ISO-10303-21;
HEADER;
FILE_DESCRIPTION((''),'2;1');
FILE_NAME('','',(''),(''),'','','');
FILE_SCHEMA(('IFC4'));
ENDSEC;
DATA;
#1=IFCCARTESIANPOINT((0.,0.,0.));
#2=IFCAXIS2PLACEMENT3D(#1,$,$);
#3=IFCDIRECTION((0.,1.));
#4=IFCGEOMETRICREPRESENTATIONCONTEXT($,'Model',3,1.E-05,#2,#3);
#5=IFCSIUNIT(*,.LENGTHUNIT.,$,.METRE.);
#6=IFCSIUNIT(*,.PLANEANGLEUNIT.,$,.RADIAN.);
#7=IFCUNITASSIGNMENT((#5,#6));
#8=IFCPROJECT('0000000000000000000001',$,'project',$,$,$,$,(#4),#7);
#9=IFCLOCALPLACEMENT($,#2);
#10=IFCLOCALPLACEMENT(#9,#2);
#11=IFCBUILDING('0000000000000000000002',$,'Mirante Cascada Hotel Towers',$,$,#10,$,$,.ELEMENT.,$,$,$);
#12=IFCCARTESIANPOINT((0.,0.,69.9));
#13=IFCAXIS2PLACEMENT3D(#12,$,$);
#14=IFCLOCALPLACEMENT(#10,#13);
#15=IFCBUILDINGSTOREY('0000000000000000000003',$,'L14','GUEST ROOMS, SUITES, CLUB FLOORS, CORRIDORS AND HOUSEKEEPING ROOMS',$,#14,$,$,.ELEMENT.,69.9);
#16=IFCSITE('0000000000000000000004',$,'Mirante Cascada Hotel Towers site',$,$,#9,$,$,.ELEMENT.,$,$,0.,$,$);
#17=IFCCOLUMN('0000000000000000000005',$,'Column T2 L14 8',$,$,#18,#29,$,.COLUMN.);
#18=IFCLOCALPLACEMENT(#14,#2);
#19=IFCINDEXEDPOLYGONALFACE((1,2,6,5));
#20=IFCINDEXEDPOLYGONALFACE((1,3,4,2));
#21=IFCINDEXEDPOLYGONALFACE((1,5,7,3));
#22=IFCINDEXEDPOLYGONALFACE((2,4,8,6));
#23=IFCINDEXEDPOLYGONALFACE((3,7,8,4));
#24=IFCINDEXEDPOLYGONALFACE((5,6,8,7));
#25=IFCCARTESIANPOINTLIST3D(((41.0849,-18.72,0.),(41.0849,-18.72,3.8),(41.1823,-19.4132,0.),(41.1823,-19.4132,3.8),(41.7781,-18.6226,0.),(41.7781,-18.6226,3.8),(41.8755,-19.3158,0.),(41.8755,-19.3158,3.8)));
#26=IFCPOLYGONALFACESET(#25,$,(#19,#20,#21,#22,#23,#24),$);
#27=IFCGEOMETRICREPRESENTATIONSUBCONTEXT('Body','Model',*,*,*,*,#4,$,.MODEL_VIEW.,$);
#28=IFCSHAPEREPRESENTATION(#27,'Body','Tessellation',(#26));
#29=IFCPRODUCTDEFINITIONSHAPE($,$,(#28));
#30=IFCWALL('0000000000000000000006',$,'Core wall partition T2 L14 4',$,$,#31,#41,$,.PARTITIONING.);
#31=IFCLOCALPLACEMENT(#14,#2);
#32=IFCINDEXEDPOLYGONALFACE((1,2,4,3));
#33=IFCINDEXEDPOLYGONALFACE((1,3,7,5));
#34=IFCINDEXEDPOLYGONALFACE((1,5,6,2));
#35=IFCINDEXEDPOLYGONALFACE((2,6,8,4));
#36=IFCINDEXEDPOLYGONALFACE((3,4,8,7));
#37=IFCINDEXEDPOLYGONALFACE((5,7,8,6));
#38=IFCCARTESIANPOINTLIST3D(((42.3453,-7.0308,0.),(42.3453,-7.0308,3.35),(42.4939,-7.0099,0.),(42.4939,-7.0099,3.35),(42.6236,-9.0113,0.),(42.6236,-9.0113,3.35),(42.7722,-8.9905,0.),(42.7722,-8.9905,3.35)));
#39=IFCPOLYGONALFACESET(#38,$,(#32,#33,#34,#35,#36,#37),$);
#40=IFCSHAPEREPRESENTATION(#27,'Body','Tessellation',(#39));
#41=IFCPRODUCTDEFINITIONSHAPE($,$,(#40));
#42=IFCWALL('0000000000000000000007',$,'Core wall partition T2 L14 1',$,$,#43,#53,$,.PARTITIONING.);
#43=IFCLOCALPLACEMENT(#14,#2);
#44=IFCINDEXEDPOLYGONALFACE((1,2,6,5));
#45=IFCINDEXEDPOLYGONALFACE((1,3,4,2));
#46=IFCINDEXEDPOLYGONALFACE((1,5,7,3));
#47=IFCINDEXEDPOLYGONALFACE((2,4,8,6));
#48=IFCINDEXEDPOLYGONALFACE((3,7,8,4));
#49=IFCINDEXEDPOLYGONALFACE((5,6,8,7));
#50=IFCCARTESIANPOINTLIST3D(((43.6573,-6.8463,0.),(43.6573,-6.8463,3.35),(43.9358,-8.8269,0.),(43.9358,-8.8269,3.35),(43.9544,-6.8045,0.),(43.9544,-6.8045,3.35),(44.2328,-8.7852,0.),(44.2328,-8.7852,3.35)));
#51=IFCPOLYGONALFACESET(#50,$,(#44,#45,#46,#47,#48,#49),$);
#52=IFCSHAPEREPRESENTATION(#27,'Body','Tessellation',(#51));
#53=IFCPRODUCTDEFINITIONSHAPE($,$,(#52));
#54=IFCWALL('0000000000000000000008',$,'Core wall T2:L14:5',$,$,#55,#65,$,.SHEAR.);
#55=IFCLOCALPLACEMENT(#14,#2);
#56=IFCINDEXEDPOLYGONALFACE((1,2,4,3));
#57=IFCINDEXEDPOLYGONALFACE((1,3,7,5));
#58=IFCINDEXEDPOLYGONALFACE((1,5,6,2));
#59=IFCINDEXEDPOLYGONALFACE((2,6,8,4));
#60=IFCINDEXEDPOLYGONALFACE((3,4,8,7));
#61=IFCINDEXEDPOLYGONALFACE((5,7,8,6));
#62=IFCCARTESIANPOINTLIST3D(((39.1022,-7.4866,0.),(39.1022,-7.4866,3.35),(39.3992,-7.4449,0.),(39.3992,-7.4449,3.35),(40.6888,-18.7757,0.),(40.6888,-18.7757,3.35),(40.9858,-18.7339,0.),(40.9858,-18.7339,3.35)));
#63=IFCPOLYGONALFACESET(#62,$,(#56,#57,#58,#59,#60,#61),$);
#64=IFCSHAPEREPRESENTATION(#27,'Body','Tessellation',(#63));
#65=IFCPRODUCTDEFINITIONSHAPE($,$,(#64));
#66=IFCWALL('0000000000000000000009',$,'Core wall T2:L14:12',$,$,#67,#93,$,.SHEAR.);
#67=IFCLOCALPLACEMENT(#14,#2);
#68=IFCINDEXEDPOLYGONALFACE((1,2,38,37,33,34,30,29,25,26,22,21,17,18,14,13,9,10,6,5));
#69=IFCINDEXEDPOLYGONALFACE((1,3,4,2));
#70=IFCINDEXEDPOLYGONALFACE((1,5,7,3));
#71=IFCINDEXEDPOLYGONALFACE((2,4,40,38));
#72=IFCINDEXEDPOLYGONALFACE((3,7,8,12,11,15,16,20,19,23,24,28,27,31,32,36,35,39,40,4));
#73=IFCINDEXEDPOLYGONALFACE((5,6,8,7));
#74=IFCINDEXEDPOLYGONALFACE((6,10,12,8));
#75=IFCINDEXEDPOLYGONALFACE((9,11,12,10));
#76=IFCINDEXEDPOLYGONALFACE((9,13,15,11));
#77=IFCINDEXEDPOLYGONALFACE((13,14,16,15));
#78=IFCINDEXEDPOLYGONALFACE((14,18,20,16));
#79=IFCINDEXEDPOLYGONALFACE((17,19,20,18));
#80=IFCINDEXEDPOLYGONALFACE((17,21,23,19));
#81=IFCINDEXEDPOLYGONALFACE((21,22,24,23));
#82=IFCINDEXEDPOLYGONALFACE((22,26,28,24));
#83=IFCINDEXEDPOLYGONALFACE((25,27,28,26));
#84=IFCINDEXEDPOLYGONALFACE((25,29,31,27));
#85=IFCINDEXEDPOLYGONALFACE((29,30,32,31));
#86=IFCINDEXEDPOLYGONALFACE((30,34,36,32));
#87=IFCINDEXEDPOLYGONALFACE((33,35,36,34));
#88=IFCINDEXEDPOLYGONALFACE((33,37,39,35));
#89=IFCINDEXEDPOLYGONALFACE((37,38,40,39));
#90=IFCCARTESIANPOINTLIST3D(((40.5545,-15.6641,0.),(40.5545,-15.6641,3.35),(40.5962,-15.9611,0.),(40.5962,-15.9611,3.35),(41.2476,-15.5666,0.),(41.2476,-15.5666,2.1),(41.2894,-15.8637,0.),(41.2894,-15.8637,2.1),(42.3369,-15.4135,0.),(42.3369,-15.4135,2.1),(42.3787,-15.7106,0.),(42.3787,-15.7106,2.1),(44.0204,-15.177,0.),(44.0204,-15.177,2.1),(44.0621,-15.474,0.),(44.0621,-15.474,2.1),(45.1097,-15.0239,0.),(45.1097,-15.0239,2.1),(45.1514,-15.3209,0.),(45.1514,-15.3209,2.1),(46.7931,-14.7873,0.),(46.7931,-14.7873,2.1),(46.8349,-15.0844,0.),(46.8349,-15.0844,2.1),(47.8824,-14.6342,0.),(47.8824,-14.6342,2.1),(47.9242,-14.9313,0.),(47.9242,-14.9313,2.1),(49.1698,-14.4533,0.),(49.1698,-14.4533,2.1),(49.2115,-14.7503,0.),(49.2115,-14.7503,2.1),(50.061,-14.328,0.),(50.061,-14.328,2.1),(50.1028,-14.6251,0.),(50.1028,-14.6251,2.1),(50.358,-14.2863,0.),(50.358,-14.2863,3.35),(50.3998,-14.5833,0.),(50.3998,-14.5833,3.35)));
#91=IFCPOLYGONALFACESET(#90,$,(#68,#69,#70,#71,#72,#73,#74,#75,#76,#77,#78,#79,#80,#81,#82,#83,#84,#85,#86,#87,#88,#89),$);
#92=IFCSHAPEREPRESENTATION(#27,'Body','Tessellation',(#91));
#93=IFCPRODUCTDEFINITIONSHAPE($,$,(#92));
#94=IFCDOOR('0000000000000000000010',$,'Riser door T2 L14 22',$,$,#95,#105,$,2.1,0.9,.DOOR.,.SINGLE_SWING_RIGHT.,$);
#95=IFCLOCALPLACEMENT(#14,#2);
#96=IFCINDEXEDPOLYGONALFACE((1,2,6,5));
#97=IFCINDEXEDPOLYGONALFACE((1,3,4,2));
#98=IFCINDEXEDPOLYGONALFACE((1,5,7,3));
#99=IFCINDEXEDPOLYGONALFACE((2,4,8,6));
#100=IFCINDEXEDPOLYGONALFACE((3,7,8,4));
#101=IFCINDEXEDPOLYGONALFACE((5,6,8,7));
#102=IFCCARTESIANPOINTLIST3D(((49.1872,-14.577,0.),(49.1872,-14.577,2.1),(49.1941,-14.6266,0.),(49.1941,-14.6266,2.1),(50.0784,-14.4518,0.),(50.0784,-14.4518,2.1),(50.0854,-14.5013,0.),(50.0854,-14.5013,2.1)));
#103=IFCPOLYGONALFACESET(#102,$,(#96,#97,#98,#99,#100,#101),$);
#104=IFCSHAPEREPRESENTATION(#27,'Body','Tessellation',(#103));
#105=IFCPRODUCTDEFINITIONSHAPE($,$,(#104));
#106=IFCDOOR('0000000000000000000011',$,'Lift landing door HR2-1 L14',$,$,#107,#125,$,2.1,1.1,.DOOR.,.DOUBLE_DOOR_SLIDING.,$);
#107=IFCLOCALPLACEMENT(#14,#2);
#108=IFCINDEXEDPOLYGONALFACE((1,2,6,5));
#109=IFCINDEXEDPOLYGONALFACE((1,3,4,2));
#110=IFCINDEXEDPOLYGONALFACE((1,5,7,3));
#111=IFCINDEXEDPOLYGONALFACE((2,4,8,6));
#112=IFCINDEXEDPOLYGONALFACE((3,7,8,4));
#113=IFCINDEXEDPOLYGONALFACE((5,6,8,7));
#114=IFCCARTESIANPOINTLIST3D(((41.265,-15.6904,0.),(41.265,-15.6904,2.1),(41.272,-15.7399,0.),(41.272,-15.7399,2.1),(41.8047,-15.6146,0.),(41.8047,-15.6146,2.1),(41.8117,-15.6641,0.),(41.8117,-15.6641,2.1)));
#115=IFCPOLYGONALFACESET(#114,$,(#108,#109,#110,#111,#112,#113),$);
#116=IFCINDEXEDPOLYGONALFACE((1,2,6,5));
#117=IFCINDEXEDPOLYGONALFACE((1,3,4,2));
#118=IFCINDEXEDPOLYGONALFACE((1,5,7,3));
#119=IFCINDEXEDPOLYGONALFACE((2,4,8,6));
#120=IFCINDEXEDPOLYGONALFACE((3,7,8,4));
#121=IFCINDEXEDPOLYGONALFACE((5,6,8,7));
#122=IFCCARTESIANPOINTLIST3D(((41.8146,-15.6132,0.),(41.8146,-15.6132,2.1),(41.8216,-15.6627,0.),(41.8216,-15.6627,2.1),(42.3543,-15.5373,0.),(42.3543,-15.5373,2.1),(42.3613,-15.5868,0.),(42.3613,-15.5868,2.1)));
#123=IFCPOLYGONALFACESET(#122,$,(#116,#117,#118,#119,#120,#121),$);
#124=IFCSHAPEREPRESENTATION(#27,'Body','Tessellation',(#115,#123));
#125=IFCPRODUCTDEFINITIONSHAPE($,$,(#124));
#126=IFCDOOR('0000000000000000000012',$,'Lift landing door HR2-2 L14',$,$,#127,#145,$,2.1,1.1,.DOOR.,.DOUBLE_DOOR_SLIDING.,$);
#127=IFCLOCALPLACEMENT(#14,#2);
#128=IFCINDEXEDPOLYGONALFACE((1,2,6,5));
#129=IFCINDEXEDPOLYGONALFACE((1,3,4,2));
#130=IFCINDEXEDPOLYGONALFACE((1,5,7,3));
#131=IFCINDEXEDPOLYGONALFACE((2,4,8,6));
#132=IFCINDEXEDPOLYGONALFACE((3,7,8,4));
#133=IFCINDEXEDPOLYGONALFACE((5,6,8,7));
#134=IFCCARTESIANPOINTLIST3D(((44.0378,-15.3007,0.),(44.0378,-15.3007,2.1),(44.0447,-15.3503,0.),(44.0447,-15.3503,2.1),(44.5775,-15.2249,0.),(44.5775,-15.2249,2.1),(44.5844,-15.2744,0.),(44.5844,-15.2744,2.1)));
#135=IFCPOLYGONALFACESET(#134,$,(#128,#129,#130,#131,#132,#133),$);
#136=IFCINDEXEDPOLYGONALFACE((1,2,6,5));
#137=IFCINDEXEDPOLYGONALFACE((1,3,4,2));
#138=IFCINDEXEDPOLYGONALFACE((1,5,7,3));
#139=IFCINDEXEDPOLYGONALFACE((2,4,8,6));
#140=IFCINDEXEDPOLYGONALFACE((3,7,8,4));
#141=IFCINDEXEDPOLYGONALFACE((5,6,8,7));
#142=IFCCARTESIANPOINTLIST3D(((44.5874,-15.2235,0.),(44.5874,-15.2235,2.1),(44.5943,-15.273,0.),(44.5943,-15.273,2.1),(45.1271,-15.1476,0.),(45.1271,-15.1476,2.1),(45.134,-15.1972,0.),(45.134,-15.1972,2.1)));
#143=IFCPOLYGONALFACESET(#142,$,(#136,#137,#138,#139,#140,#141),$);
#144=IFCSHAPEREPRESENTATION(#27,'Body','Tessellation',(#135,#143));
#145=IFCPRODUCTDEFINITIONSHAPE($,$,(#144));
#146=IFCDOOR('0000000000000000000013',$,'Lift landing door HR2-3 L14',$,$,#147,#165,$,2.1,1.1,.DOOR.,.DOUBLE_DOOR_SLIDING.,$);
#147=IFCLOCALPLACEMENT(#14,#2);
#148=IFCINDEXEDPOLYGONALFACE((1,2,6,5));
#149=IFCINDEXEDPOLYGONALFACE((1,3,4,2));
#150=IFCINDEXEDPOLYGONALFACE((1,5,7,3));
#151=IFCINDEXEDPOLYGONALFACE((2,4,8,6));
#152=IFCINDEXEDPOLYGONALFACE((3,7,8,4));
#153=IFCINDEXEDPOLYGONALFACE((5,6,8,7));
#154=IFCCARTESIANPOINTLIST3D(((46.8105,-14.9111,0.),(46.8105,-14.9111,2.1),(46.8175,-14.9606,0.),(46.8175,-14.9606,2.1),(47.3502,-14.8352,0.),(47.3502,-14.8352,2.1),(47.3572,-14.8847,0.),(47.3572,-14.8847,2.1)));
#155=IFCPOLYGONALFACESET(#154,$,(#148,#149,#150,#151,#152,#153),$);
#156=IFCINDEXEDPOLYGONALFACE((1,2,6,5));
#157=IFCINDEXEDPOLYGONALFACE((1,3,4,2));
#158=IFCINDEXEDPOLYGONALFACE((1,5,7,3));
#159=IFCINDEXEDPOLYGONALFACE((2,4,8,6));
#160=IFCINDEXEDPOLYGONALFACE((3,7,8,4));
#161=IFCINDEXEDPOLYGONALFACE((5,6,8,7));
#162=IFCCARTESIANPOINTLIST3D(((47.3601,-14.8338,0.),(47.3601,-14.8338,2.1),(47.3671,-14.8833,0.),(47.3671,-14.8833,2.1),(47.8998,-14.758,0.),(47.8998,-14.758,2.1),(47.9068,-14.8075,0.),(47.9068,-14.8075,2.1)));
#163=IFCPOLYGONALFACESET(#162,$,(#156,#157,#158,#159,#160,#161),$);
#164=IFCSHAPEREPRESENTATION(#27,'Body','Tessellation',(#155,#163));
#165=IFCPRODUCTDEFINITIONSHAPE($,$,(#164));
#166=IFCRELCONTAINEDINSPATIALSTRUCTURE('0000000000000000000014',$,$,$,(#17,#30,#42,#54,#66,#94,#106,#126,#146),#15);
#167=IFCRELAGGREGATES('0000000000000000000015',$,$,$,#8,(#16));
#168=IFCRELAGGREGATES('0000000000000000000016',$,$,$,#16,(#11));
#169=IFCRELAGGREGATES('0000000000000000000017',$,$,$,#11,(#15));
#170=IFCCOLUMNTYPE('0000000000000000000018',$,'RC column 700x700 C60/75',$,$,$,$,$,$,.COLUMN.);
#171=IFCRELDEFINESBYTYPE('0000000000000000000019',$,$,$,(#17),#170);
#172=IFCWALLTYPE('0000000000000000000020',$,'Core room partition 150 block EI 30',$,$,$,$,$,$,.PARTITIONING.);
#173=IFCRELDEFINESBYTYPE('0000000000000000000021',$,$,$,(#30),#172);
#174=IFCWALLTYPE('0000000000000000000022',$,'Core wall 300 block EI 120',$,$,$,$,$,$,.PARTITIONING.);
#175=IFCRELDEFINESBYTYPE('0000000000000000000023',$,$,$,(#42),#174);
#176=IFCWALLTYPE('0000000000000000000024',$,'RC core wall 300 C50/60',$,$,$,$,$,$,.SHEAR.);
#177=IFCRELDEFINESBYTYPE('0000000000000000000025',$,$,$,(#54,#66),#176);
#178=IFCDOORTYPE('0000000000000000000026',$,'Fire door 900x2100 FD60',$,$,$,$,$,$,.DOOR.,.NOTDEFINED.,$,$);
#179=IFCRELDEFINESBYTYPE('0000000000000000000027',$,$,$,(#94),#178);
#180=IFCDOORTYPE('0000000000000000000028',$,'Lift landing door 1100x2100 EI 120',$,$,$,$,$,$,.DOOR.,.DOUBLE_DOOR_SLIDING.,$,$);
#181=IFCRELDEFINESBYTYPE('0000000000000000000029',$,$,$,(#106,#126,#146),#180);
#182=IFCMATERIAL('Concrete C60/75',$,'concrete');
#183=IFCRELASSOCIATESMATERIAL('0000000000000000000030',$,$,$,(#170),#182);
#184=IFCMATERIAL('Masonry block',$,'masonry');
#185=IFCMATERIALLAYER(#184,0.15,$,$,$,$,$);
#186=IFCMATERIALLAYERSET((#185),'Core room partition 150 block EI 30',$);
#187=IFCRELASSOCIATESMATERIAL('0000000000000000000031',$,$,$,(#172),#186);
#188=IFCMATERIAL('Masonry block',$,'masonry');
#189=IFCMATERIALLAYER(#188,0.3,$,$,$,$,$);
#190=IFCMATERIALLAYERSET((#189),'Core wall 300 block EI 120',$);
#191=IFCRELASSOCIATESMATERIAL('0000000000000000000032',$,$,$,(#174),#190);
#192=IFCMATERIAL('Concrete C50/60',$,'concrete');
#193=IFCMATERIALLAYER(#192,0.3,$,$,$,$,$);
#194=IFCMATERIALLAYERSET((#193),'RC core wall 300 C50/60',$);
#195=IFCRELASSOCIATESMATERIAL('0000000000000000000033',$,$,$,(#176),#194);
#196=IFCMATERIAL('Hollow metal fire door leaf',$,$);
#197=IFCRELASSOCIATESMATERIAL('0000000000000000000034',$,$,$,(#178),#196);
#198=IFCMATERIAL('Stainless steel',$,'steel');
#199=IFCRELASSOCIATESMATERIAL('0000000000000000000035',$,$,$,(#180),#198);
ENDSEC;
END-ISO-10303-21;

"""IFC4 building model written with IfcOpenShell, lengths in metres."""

from ifc_helpers import new_model, si_unit, direction, frame, frame_2d, origin, origin_2d, place, context, subcontext, project, spatial, rectangle, extrude, material, layer, layer_set, material_profile, profile_set, type_object, element, fill, save


model = new_model("IFC4")

# Units and contexts
model_context = context("Model", 3, precision=1e-05, world=origin(), true_north=direction((0.0, 1.0)))
body_context = subcontext(model_context, "Body", "Model", "MODEL_VIEW")
ifc_project = project(units=[si_unit("LENGTHUNIT", "METRE"), si_unit("PLANEANGLEUNIT", "RADIAN")], contexts=[model_context])

# Site, building, storey
site_placement = place(None, origin())
site = spatial("IfcSite", under=ifc_project, at=site_placement, Name="Mirante Cascada Hotel Towers site", CompositionType="ELEMENT", RefElevation=0.0)
building_placement = place(site_placement, origin())
building = spatial("IfcBuilding", under=site, at=building_placement, Name="Mirante Cascada Hotel Towers", CompositionType="ELEMENT")
storey_placement = place(building_placement, frame((0.0, 0.0, 69.9)))
storey = spatial("IfcBuildingStorey", under=building, at=storey_placement, Name="L14", Description="GUEST ROOMS, SUITES, CLUB FLOORS, CORRIDORS AND HOUSEKEEPING ROOMS", CompositionType="ELEMENT", Elevation=69.9)

# Column
ifc_material_1 = material(Name="Concrete C60/75", Category="concrete")
ifc_material_profile = material_profile(ifc_material_1, rectangle(XDim=0.7, YDim=0.7, at=origin_2d()), Name="RC column 700x700 C60/75")
ifc_profile_set = profile_set([ifc_material_profile], Name="Concrete C60/75")
column_type = type_object("IfcColumnType", Name="RC column 700x700 C60/75", PredefinedType="COLUMN", material=ifc_profile_set)
column_placement = place(storey_placement, frame((41.4802, -19.0179, 0.0), z_axis=(0.0, 0.0, 1.0), x_axis=(0.990268, 0.139173, 0.0)))
element("IfcColumn", 1, at=column_placement, inside=storey, type_object=column_type, Name="Column T2 L14 8", PredefinedType="COLUMN", context=body_context, shape_type="SweptSolid", body=[
    extrude(rectangle(XDim=0.7, YDim=0.7, at=origin_2d()), origin(), (0.0, 0.0, 1.0), 3.8),
])

# Walls
ifc_material_2 = material(Name="Masonry block", Category="masonry")
ifc_layer_1 = layer(ifc_material_2, 0.15)
ifc_layer_set_1 = layer_set([ifc_layer_1], Name="Core room partition 150 block EI 30")
wall_type_1 = type_object("IfcWallType", Name="Core room partition 150 block EI 30", PredefinedType="PARTITIONING", material=ifc_layer_set_1)
wall_1_placement = place(storey_placement, frame((42.6979, -9.0009, 0.0), z_axis=(0.0, 0.0, 1.0), x_axis=(-0.139153, 0.990271, 0.0)))
element("IfcWall", 2, at=wall_1_placement, inside=storey, type_object=wall_type_1, Name="Core wall partition T2 L14 4", PredefinedType="PARTITIONING", context=body_context, shape_type="SweptSolid", body=[
    extrude(rectangle(XDim=2.0, YDim=0.15, at=frame_2d((1.0, 0.0))), origin(), (0.0, 0.0, 1.0), 3.35),
])
ifc_material_3 = material(Name="Masonry block", Category="masonry")
ifc_layer_2 = layer(ifc_material_3, 0.3)
ifc_layer_set_2 = layer_set([ifc_layer_2], Name="Core wall 300 block EI 120")
wall_type_2 = type_object("IfcWallType", Name="Core wall 300 block EI 120", PredefinedType="PARTITIONING", material=ifc_layer_set_2)
wall_2_placement = place(storey_placement, frame((44.0843, -8.8061, 0.0), z_axis=(0.0, 0.0, 1.0), x_axis=(-0.139195, 0.990265, 0.0)))
element("IfcWall", 3, at=wall_2_placement, inside=storey, type_object=wall_type_2, Name="Core wall partition T2 L14 1", PredefinedType="PARTITIONING", context=body_context, shape_type="SweptSolid", body=[
    extrude(rectangle(XDim=2.0001, YDim=0.3, at=frame_2d((1.0001, 0.0))), origin(), (0.0, 0.0, 1.0), 3.35),
])
ifc_material_4 = material(Name="Concrete C50/60", Category="concrete")
ifc_layer_3 = layer(ifc_material_4, 0.3)
ifc_layer_set_3 = layer_set([ifc_layer_3], Name="RC core wall 300 C50/60")
wall_type_3 = type_object("IfcWallType", Name="RC core wall 300 C50/60", PredefinedType="SHEAR", material=ifc_layer_set_3)
wall_3_placement = place(storey_placement, frame((40.8373, -18.7548, 0.0), z_axis=(0.0, 0.0, 1.0), x_axis=(-0.139175, 0.990268, 0.0)))
element("IfcWall", 4, at=wall_3_placement, inside=storey, type_object=wall_type_3, Name="Core wall T2:L14:5", PredefinedType="SHEAR", context=body_context, shape_type="SweptSolid", body=[
    extrude(rectangle(XDim=11.4, YDim=0.3, at=frame_2d((5.7, 0.0))), origin(), (0.0, 0.0, 1.0), 3.35),
])

# Wall, openings, doors
wall_4_placement = place(storey_placement, frame((40.5753, -15.8126, 0.0), z_axis=(0.0, 0.0, 1.0), x_axis=(0.990268, 0.139173, 0.0)))
wall_4 = element("IfcWall", 5, at=wall_4_placement, inside=storey, type_object=wall_type_3, Name="Core wall T2:L14:12", PredefinedType="SHEAR", context=body_context, shape_type="SweptSolid", body=[
    extrude(rectangle(XDim=9.8999, YDim=0.3, at=frame_2d((4.95, 0.0))), origin(), (0.0, 0.0, 1.0), 3.35),
])
opening_1_placement = place(wall_4_placement, frame((0.7, 0.0, 0.0)))
opening_1 = element("IfcOpeningElement", 6, at=opening_1_placement, cuts=wall_4, PredefinedType="OPENING", context=body_context, shape_type="SweptSolid", body=[
    extrude(rectangle(XDim=1.1, YDim=2.1, at=frame_2d((0.55, 1.05))), frame((0.0, 0.15, 0.0), z_axis=(0.0, -1.0, 0.0), x_axis=(1.0, 0.0, 0.0)), (0.0, 0.0, 1.0), 0.3),
])
opening_2_placement = place(wall_4_placement, frame((3.5, 0.0, 0.0)))
opening_2 = element("IfcOpeningElement", 7, at=opening_2_placement, cuts=wall_4, PredefinedType="OPENING", context=body_context, shape_type="SweptSolid", body=[
    extrude(rectangle(XDim=1.1, YDim=2.1, at=frame_2d((0.55, 1.05))), frame((0.0, 0.15, 0.0), z_axis=(0.0, -1.0, 0.0), x_axis=(1.0, 0.0, 0.0)), (0.0, 0.0, 1.0), 0.3),
])
opening_3_placement = place(wall_4_placement, frame((6.3, 0.0, 0.0)))
opening_3 = element("IfcOpeningElement", 8, at=opening_3_placement, cuts=wall_4, PredefinedType="OPENING", context=body_context, shape_type="SweptSolid", body=[
    extrude(rectangle(XDim=1.1, YDim=2.1, at=frame_2d((0.55, 1.05))), frame((0.0, 0.15, 0.0), z_axis=(0.0, -1.0, 0.0), x_axis=(1.0, 0.0, 0.0)), (0.0, 0.0, 1.0), 0.3),
])
opening_4_placement = place(wall_4_placement, frame((8.7, 0.0, 0.0)))
opening_4 = element("IfcOpeningElement", 9, at=opening_4_placement, cuts=wall_4, PredefinedType="OPENING", context=body_context, shape_type="SweptSolid", body=[
    extrude(rectangle(XDim=0.9, YDim=2.1, at=frame_2d((0.45, 1.05))), frame((0.0, 0.15, 0.0), z_axis=(0.0, -1.0, 0.0), x_axis=(1.0, 0.0, 0.0)), (0.0, 0.0, 1.0), 0.3),
])
ifc_material_5 = material(Name="Hollow metal fire door leaf")
door_type_1 = type_object("IfcDoorType", Name="Fire door 900x2100 FD60", OperationType="NOTDEFINED", PredefinedType="DOOR", material=ifc_material_5)
door_1_placement = place(opening_4_placement, frame((0.9, 0.0, 0.0), z_axis=(0.0, 0.0, 1.0), x_axis=(-1.0, 0.0, 0.0)))
door_1 = element("IfcDoor", 10, at=door_1_placement, inside=storey, type_object=door_type_1, Name="Riser door T2 L14 22", OperationType="SINGLE_SWING_RIGHT", OverallHeight=2.1, OverallWidth=0.9, PredefinedType="DOOR", context=body_context, shape_type="SweptSolid", body=[
    extrude(rectangle(XDim=0.9, YDim=2.1, at=frame_2d((0.45, 1.05))), frame((0.0, 0.025, 0.0), z_axis=(0.0, -1.0, 0.0), x_axis=(1.0, 0.0, 0.0)), (0.0, 0.0, 1.0), 0.05),
])
fill(opening_4, door_1)
ifc_material_6 = material(Name="Stainless steel", Category="steel")
door_type_2 = type_object("IfcDoorType", Name="Lift landing door 1100x2100 EI 120", OperationType="DOUBLE_DOOR_SLIDING", PredefinedType="DOOR", material=ifc_material_6)
door_2_placement = place(opening_1_placement, origin())
door_2 = element("IfcDoor", 11, at=door_2_placement, inside=storey, type_object=door_type_2, Name="Lift landing door HR2-1 L14", OperationType="DOUBLE_DOOR_SLIDING", OverallHeight=2.1, OverallWidth=1.1, PredefinedType="DOOR", context=body_context, shape_type="SweptSolid", body=[
    extrude(rectangle(XDim=0.545, YDim=2.1, at=frame_2d((0.2725, 1.05))), frame((0.0, 0.025, 0.0), z_axis=(0.0, -1.0, 0.0), x_axis=(1.0, 0.0, 0.0)), (0.0, 0.0, 1.0), 0.05),
    extrude(rectangle(XDim=0.545, YDim=2.1, at=frame_2d((0.8275, 1.05))), frame((0.0, 0.025, 0.0), z_axis=(0.0, -1.0, 0.0), x_axis=(1.0, 0.0, 0.0)), (0.0, 0.0, 1.0), 0.05),
])
fill(opening_1, door_2)
door_3_placement = place(opening_2_placement, origin())
door_3 = element("IfcDoor", 12, at=door_3_placement, inside=storey, type_object=door_type_2, Name="Lift landing door HR2-2 L14", OperationType="DOUBLE_DOOR_SLIDING", OverallHeight=2.1, OverallWidth=1.1, PredefinedType="DOOR", context=body_context, shape_type="SweptSolid", body=[
    extrude(rectangle(XDim=0.545, YDim=2.1, at=frame_2d((0.2725, 1.05))), frame((0.0, 0.025, 0.0), z_axis=(0.0, -1.0, 0.0), x_axis=(1.0, 0.0, 0.0)), (0.0, 0.0, 1.0), 0.05),
    extrude(rectangle(XDim=0.545, YDim=2.1, at=frame_2d((0.8275, 1.05))), frame((0.0, 0.025, 0.0), z_axis=(0.0, -1.0, 0.0), x_axis=(1.0, 0.0, 0.0)), (0.0, 0.0, 1.0), 0.05),
])
fill(opening_2, door_3)
door_4_placement = place(opening_3_placement, origin())
door_4 = element("IfcDoor", 13, at=door_4_placement, inside=storey, type_object=door_type_2, Name="Lift landing door HR2-3 L14", OperationType="DOUBLE_DOOR_SLIDING", OverallHeight=2.1, OverallWidth=1.1, PredefinedType="DOOR", context=body_context, shape_type="SweptSolid", body=[
    extrude(rectangle(XDim=0.545, YDim=2.1, at=frame_2d((0.2725, 1.05))), frame((0.0, 0.025, 0.0), z_axis=(0.0, -1.0, 0.0), x_axis=(1.0, 0.0, 0.0)), (0.0, 0.0, 1.0), 0.05),
    extrude(rectangle(XDim=0.545, YDim=2.1, at=frame_2d((0.8275, 1.05))), frame((0.0, 0.025, 0.0), z_axis=(0.0, -1.0, 0.0), x_axis=(1.0, 0.0, 0.0)), (0.0, 0.0, 1.0), 0.05),
])
fill(opening_3, door_4)

save(model, "model.ifc")
